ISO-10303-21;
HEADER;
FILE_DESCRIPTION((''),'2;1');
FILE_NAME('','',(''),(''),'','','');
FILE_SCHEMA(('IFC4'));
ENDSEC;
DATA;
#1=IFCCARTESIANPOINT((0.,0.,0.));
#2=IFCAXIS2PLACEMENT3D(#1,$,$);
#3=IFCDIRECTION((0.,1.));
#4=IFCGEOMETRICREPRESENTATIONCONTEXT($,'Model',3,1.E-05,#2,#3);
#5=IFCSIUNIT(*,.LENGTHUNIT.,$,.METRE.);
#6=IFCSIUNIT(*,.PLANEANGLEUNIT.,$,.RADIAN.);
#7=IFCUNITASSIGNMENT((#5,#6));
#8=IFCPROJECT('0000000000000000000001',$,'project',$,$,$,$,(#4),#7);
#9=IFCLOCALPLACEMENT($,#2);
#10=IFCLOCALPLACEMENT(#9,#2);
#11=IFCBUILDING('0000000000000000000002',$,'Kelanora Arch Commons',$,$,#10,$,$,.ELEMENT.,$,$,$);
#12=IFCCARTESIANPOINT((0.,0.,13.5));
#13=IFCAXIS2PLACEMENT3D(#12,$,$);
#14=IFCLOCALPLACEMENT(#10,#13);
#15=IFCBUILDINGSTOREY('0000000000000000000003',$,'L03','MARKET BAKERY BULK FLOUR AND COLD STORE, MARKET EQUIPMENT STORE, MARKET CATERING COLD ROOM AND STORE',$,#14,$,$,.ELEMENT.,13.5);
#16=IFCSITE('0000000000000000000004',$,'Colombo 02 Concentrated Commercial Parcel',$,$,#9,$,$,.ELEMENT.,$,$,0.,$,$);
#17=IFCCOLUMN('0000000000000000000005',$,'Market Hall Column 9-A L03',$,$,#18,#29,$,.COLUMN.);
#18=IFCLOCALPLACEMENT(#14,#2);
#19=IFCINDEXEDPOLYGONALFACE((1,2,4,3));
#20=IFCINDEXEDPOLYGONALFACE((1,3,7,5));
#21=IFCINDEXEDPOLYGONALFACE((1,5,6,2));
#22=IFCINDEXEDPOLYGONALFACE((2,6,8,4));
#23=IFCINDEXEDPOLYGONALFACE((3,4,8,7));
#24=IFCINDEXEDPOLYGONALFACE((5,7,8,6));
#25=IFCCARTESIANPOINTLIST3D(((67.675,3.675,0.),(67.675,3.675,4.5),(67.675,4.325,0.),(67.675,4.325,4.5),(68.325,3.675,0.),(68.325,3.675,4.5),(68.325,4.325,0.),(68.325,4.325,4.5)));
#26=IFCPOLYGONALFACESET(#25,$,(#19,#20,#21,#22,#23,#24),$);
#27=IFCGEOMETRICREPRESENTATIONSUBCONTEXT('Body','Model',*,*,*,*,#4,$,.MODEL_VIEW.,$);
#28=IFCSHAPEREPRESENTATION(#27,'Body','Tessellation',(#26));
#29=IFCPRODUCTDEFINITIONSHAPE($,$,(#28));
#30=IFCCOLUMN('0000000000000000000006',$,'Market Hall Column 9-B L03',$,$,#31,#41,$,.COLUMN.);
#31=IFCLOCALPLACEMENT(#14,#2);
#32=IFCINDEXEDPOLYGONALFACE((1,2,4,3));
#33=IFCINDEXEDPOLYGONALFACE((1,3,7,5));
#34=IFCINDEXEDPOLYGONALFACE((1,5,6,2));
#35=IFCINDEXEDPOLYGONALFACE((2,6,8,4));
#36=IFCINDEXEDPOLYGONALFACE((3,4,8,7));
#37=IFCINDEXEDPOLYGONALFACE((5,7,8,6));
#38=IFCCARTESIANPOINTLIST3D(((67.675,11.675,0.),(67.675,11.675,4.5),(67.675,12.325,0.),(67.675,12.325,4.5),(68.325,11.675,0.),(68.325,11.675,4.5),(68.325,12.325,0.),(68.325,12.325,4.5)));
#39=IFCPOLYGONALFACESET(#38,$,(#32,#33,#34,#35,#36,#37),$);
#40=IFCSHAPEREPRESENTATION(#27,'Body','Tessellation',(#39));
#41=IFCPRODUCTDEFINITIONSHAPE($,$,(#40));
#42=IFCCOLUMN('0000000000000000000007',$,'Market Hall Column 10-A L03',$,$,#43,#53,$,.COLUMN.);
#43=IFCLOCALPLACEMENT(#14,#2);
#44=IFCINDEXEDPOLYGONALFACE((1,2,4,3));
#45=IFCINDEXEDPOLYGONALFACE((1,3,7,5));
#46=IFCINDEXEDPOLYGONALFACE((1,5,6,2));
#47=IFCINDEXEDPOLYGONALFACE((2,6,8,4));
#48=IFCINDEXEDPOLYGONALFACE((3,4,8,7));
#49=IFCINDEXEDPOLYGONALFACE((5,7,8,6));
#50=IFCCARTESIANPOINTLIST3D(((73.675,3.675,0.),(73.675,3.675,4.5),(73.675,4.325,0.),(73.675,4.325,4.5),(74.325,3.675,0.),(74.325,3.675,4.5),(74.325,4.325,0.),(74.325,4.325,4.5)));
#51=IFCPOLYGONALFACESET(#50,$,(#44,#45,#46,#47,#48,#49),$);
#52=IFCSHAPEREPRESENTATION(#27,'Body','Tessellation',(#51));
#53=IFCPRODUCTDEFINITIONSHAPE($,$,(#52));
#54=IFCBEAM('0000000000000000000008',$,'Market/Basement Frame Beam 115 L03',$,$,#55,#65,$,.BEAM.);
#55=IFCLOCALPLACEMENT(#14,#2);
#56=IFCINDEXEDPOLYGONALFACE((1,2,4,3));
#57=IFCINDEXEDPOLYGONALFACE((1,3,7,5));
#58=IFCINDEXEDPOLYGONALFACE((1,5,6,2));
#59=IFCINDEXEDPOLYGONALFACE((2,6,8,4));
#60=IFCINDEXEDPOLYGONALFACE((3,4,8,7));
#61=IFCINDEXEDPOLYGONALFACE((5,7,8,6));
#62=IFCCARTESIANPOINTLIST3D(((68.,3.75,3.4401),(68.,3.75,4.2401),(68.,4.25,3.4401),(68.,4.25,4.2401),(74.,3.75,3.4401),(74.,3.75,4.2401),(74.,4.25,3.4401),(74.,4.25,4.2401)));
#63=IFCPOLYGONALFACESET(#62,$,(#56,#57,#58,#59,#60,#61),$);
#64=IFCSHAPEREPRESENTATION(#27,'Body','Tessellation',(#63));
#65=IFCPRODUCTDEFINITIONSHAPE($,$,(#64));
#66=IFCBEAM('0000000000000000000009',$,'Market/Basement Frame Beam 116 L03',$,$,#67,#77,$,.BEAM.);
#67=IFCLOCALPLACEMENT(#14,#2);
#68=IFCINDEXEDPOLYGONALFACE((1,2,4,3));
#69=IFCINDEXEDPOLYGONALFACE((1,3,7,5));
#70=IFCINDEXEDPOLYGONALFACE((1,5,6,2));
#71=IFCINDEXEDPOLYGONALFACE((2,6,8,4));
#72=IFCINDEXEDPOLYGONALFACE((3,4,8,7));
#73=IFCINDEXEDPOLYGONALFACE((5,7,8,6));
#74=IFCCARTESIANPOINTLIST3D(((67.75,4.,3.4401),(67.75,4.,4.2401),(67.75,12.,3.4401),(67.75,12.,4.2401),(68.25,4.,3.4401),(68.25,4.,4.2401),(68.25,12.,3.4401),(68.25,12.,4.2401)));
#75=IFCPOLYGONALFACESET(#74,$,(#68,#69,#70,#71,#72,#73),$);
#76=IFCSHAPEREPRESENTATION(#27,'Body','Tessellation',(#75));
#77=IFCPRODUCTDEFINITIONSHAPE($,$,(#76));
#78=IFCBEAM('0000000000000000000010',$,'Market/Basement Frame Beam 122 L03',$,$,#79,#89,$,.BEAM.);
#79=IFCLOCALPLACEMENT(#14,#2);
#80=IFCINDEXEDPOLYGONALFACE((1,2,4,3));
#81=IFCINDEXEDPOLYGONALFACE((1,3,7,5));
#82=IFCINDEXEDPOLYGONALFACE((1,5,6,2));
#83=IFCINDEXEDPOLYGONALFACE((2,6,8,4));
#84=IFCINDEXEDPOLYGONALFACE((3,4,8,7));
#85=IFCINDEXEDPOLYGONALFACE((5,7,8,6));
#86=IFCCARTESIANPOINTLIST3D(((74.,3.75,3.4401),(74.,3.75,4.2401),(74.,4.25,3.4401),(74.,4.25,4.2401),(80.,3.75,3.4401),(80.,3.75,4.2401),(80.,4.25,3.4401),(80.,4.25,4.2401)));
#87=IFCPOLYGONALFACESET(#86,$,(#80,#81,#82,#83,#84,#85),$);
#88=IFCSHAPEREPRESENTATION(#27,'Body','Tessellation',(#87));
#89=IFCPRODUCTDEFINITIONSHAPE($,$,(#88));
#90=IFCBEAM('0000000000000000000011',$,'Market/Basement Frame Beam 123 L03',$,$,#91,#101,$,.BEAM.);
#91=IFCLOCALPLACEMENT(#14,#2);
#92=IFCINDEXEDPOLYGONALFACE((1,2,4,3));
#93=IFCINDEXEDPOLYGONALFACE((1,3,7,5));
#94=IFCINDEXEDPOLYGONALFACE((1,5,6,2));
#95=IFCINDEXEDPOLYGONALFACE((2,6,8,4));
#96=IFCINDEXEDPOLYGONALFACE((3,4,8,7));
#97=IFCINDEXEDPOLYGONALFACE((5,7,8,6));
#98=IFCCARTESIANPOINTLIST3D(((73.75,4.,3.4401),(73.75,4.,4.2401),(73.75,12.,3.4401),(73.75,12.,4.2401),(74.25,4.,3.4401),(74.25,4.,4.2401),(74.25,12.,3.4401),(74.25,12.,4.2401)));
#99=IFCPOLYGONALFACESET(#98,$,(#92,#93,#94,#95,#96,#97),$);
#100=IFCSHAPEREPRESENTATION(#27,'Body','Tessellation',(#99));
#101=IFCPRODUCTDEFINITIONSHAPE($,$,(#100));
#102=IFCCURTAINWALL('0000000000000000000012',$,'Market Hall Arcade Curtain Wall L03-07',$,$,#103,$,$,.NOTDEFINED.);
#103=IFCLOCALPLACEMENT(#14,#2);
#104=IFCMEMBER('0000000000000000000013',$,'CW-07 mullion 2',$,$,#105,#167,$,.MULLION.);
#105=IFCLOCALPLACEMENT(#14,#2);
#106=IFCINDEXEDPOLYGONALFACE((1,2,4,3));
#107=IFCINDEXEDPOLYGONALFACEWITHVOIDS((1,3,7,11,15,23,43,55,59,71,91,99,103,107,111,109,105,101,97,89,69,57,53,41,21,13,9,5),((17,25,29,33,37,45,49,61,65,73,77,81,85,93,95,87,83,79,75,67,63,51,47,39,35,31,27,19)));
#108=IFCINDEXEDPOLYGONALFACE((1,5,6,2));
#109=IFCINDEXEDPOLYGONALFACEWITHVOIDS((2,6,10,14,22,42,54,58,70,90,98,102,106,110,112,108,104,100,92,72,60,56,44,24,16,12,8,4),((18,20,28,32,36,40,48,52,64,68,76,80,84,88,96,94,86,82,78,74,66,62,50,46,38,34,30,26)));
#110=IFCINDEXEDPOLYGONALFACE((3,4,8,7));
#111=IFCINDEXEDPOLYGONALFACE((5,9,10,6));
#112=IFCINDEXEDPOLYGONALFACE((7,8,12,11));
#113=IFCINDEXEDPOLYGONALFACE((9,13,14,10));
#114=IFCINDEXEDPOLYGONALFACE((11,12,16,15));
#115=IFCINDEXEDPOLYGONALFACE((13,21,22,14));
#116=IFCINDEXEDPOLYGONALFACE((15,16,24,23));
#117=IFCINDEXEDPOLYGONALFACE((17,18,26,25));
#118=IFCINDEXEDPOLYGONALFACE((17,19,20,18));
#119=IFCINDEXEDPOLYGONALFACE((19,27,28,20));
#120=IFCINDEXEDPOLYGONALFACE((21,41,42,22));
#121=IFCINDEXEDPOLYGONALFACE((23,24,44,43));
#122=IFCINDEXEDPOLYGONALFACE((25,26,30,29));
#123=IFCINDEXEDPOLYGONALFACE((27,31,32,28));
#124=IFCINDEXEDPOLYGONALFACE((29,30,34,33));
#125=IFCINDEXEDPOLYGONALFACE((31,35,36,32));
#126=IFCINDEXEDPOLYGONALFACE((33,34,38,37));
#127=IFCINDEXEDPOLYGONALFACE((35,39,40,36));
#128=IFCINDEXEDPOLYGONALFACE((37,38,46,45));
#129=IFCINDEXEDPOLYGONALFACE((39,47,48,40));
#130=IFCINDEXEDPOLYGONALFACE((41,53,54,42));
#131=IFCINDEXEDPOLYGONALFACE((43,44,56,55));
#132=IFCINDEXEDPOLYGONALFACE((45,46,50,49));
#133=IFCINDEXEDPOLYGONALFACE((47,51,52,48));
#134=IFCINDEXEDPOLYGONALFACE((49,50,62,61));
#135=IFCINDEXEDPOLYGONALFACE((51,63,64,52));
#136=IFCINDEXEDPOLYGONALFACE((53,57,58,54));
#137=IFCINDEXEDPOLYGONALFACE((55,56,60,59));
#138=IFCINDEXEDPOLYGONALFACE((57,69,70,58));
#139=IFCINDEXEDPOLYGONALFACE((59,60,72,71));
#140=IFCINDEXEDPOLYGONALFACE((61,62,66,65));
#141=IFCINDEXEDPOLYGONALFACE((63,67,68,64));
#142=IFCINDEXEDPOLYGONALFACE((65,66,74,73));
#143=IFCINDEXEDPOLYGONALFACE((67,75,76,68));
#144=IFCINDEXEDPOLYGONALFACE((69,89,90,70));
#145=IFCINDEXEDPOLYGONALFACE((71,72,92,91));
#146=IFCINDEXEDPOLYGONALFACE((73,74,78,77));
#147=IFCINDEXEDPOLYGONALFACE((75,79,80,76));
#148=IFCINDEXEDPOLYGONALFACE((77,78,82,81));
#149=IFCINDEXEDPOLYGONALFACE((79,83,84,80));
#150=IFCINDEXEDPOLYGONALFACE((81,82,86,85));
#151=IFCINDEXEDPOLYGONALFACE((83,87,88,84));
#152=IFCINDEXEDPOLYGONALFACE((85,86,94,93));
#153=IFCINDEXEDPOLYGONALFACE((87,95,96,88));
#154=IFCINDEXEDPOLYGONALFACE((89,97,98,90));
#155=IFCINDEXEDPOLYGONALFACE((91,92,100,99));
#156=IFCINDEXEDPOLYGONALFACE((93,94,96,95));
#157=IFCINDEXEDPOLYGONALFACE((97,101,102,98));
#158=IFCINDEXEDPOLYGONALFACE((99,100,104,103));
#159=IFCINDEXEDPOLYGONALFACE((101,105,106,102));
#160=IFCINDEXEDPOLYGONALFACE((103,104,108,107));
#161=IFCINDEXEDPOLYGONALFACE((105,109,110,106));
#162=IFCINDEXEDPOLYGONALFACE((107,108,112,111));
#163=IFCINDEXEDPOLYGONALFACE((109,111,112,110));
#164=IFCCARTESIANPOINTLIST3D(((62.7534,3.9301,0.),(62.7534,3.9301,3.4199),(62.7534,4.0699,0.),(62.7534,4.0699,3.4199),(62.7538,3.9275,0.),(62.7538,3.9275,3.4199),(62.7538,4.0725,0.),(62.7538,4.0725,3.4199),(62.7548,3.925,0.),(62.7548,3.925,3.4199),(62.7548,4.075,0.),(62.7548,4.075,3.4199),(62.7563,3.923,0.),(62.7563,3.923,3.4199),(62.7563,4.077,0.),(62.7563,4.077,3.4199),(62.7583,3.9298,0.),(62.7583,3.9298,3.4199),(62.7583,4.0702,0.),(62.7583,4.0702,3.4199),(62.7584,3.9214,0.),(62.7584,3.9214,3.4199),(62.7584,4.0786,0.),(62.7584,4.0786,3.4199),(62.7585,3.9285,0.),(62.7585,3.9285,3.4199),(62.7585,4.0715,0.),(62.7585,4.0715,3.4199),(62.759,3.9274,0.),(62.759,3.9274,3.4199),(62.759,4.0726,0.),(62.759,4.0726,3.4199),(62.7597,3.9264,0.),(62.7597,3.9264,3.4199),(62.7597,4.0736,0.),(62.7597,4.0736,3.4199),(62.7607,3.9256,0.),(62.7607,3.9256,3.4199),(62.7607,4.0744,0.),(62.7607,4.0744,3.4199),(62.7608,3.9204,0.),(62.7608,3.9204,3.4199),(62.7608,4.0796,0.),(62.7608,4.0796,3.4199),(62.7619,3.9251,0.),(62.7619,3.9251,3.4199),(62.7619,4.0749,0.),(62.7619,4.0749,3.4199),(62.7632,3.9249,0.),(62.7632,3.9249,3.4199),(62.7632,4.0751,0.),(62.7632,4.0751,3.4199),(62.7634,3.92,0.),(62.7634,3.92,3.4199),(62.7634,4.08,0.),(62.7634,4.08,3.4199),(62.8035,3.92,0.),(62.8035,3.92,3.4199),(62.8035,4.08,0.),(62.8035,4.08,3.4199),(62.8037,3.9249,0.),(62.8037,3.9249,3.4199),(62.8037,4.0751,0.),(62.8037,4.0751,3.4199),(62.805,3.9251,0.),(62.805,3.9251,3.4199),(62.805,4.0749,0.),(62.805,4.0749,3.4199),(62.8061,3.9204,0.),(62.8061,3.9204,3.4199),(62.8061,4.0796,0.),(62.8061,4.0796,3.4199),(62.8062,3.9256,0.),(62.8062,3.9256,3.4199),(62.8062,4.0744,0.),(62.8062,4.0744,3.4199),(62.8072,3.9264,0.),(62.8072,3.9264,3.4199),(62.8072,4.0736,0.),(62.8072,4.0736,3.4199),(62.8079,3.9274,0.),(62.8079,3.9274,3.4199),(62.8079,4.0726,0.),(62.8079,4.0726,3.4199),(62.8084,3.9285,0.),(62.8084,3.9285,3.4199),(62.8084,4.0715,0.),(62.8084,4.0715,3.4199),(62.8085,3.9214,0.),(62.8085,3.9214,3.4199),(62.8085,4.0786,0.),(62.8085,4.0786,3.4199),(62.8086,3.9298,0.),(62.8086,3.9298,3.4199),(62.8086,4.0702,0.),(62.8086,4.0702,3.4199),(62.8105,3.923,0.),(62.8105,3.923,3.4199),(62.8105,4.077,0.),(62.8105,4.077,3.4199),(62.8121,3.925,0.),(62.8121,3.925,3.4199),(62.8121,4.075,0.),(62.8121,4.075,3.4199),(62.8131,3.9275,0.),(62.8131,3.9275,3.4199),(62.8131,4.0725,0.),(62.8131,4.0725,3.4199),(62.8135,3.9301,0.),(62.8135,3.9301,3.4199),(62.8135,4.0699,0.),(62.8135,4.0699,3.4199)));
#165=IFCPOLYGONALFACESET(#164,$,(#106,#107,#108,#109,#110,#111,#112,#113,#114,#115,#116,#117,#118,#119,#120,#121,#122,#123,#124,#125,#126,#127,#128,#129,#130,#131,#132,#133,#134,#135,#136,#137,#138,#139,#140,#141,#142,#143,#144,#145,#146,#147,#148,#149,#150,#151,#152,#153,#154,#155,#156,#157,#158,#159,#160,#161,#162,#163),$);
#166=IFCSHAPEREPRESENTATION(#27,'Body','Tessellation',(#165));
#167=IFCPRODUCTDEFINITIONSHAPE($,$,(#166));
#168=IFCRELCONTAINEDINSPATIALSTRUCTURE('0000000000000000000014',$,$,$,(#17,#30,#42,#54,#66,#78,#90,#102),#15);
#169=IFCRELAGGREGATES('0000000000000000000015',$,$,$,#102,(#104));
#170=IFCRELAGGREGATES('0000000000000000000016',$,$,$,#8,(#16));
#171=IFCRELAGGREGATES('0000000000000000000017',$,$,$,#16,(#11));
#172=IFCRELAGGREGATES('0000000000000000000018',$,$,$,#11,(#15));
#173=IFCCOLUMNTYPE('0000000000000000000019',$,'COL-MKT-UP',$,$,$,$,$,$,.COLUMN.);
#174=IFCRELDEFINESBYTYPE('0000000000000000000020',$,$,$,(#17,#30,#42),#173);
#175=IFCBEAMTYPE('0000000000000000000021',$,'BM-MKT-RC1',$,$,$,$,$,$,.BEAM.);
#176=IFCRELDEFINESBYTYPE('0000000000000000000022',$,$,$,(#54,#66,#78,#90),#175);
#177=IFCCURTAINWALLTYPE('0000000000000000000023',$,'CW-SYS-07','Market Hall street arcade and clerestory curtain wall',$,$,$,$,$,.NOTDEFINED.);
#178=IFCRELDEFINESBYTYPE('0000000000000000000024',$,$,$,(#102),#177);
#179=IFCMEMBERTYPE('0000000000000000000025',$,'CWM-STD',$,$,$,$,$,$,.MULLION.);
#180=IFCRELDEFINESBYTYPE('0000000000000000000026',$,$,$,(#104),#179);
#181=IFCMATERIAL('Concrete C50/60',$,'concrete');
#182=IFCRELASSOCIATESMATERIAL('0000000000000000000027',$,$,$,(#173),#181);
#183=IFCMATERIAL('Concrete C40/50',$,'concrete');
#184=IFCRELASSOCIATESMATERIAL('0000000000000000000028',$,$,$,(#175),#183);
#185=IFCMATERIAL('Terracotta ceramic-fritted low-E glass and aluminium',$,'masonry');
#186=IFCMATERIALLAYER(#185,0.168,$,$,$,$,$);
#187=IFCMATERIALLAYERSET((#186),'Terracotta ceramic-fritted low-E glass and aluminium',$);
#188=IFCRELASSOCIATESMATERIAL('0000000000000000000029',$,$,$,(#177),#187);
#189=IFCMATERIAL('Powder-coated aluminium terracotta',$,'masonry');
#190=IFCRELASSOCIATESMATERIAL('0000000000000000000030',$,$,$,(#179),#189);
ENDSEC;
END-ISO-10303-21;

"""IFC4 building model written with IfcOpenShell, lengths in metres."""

from ifc_helpers import new_model, si_unit, direction, frame, origin, origin_2d, place, context, subcontext, project, spatial, rectangle, hollow_rectangle, extrude, material, layer, layer_set, material_profile, profile_set, type_object, element, aggregate, save


model = new_model("IFC4")

# Units and contexts
model_context = context("Model", 3, precision=1e-05, world=origin(), true_north=direction((0.0, 1.0)))
body_context = subcontext(model_context, "Body", "Model", "MODEL_VIEW")
ifc_project = project(units=[si_unit("LENGTHUNIT", "METRE"), si_unit("PLANEANGLEUNIT", "RADIAN")], contexts=[model_context])

# Site, building, storey
site_placement = place(None, origin())
site = spatial("IfcSite", under=ifc_project, at=site_placement, Name="Colombo 02 Concentrated Commercial Parcel", CompositionType="ELEMENT", RefElevation=0.0)
building_placement = place(site_placement, origin())
building = spatial("IfcBuilding", under=site, at=building_placement, Name="Kelanora Arch Commons", CompositionType="ELEMENT")
storey_placement = place(building_placement, frame((0.0, 0.0, 13.5)))
storey = spatial("IfcBuildingStorey", under=building, at=storey_placement, Name="L03", Description="MARKET BAKERY BULK FLOUR AND COLD STORE, MARKET EQUIPMENT STORE, MARKET CATERING COLD ROOM AND STORE", CompositionType="ELEMENT", Elevation=13.5)

# Columns
ifc_material_1 = material(Name="Concrete C50/60", Category="concrete")
ifc_material_profile_1 = material_profile(ifc_material_1, rectangle(XDim=0.6499, YDim=0.6499, at=origin_2d()), Name="RC650x650")
ifc_profile_set_1 = profile_set([ifc_material_profile_1], Name="Concrete C50/60")
column_type = type_object("IfcColumnType", Name="COL-MKT-UP", PredefinedType="COLUMN", material=ifc_profile_set_1)
for number, where, z_axis, x_axis, name in (
    (1, (68.0, 4.0, 0.0), (0.0, 0.0, 1.0), (1.0, 0.0, 0.0), "Market Hall Column 9-A L03"),
    (2, (68.0, 12.0, 0.0), (0.0, 0.0, 1.0), (1.0, 0.0, 0.0), "Market Hall Column 9-B L03"),
    (3, (74.0, 4.0, 0.0), (0.0, 0.0, 1.0), (1.0, 0.0, 0.0), "Market Hall Column 10-A L03"),
):
    element("IfcColumn", number, at=place(storey_placement, frame(where, z_axis=z_axis, x_axis=x_axis)), inside=storey, type_object=column_type, Name=name, PredefinedType="COLUMN", context=body_context, shape_type="SweptSolid", body=[
        extrude(rectangle(XDim=0.6499, YDim=0.6499, at=origin_2d()), origin(), (0.0, 0.0, 1.0), 4.5),
    ])

# Beams
ifc_material_2 = material(Name="Concrete C40/50", Category="concrete")
ifc_material_profile_2 = material_profile(ifc_material_2, rectangle(XDim=0.5, YDim=0.8, at=origin_2d()), Name="RCB500x800")
ifc_profile_set_2 = profile_set([ifc_material_profile_2], Name="Concrete C40/50")
beam_type = type_object("IfcBeamType", Name="BM-MKT-RC1", PredefinedType="BEAM", material=ifc_profile_set_2)
beam_1_placement = place(storey_placement, frame((68.0, 4.0, 3.8401), z_axis=(1.0, 0.0, 0.0), x_axis=(0.0, 1.0, 0.0)))
element("IfcBeam", 4, at=beam_1_placement, inside=storey, type_object=beam_type, Name="Market/Basement Frame Beam 115 L03", PredefinedType="BEAM", context=body_context, shape_type="SweptSolid", body=[
    extrude(rectangle(XDim=0.5, YDim=0.8, at=origin_2d()), origin(), (0.0, 0.0, 1.0), 6.0),
])
beam_2_placement = place(storey_placement, frame((68.0, 4.0, 3.8401), z_axis=(0.0, 1.0, 0.0), x_axis=(-1.0, 0.0, 0.0)))
element("IfcBeam", 5, at=beam_2_placement, inside=storey, type_object=beam_type, Name="Market/Basement Frame Beam 116 L03", PredefinedType="BEAM", context=body_context, shape_type="SweptSolid", body=[
    extrude(rectangle(XDim=0.5, YDim=0.8, at=origin_2d()), origin(), (0.0, 0.0, 1.0), 8.0),
])
beam_3_placement = place(storey_placement, frame((74.0, 4.0, 3.8401), z_axis=(1.0, 0.0, 0.0), x_axis=(0.0, 1.0, 0.0)))
element("IfcBeam", 6, at=beam_3_placement, inside=storey, type_object=beam_type, Name="Market/Basement Frame Beam 122 L03", PredefinedType="BEAM", context=body_context, shape_type="SweptSolid", body=[
    extrude(rectangle(XDim=0.5, YDim=0.8, at=origin_2d()), origin(), (0.0, 0.0, 1.0), 6.0),
])
beam_4_placement = place(storey_placement, frame((74.0, 4.0, 3.8401), z_axis=(0.0, 1.0, 0.0), x_axis=(-1.0, 0.0, 0.0)))
element("IfcBeam", 7, at=beam_4_placement, inside=storey, type_object=beam_type, Name="Market/Basement Frame Beam 123 L03", PredefinedType="BEAM", context=body_context, shape_type="SweptSolid", body=[
    extrude(rectangle(XDim=0.5, YDim=0.8, at=origin_2d()), origin(), (0.0, 0.0, 1.0), 8.0),
])

# Curtain wall, member
ifc_material_3 = material(Name="Terracotta ceramic-fritted low-E glass and aluminium", Category="masonry")
ifc_layer_1 = layer(ifc_material_3, 0.168)
ifc_layer_set_1 = layer_set([ifc_layer_1], Name="Terracotta ceramic-fritted low-E glass and aluminium")
curtain_wall_type = type_object("IfcCurtainWallType", Name="CW-SYS-07", Description="Market Hall street arcade and clerestory curtain wall", PredefinedType="NOTDEFINED", material=ifc_layer_set_1)
curtain_wall_placement = place(storey_placement, origin())
curtain_wall = element("IfcCurtainWall", 8, at=curtain_wall_placement, inside=storey, type_object=curtain_wall_type, Name="Market Hall Arcade Curtain Wall L03-07", PredefinedType="NOTDEFINED")
ifc_material_4 = material(Name="Powder-coated aluminium terracotta", Category="masonry")
ifc_material_profile_3 = material_profile(ifc_material_4, hollow_rectangle(XDim=0.1599, YDim=0.0601, WallThickness=0.0049, InnerFilletRadius=0.0049, OuterFilletRadius=0.01, at=origin_2d()), Name="CWM160x60")
ifc_profile_set_3 = profile_set([ifc_material_profile_3], Name="Powder-coated aluminium terracotta")
member_type_1 = type_object("IfcMemberType", Name="CWM-STD", PredefinedType="MULLION", material=ifc_profile_set_3)
member_1_placement = place(storey_placement, frame((62.7834, 4.0, 0.0), z_axis=(0.0, 0.0, 1.0), x_axis=(0.0, 1.0, 0.0)))
member_1 = element("IfcMember", 9, at=member_1_placement, type_object=member_type_1, Name="CW-07 mullion 2", PredefinedType="MULLION", context=body_context, shape_type="SweptSolid", body=[
    extrude(hollow_rectangle(XDim=0.1599, YDim=0.0601, WallThickness=0.0049, InnerFilletRadius=0.0049, OuterFilletRadius=0.01, at=origin_2d()), origin(), (0.0, 0.0, 1.0), 3.4199),
])

aggregate(curtain_wall, [member_1])

save(model, "model.ifc")
